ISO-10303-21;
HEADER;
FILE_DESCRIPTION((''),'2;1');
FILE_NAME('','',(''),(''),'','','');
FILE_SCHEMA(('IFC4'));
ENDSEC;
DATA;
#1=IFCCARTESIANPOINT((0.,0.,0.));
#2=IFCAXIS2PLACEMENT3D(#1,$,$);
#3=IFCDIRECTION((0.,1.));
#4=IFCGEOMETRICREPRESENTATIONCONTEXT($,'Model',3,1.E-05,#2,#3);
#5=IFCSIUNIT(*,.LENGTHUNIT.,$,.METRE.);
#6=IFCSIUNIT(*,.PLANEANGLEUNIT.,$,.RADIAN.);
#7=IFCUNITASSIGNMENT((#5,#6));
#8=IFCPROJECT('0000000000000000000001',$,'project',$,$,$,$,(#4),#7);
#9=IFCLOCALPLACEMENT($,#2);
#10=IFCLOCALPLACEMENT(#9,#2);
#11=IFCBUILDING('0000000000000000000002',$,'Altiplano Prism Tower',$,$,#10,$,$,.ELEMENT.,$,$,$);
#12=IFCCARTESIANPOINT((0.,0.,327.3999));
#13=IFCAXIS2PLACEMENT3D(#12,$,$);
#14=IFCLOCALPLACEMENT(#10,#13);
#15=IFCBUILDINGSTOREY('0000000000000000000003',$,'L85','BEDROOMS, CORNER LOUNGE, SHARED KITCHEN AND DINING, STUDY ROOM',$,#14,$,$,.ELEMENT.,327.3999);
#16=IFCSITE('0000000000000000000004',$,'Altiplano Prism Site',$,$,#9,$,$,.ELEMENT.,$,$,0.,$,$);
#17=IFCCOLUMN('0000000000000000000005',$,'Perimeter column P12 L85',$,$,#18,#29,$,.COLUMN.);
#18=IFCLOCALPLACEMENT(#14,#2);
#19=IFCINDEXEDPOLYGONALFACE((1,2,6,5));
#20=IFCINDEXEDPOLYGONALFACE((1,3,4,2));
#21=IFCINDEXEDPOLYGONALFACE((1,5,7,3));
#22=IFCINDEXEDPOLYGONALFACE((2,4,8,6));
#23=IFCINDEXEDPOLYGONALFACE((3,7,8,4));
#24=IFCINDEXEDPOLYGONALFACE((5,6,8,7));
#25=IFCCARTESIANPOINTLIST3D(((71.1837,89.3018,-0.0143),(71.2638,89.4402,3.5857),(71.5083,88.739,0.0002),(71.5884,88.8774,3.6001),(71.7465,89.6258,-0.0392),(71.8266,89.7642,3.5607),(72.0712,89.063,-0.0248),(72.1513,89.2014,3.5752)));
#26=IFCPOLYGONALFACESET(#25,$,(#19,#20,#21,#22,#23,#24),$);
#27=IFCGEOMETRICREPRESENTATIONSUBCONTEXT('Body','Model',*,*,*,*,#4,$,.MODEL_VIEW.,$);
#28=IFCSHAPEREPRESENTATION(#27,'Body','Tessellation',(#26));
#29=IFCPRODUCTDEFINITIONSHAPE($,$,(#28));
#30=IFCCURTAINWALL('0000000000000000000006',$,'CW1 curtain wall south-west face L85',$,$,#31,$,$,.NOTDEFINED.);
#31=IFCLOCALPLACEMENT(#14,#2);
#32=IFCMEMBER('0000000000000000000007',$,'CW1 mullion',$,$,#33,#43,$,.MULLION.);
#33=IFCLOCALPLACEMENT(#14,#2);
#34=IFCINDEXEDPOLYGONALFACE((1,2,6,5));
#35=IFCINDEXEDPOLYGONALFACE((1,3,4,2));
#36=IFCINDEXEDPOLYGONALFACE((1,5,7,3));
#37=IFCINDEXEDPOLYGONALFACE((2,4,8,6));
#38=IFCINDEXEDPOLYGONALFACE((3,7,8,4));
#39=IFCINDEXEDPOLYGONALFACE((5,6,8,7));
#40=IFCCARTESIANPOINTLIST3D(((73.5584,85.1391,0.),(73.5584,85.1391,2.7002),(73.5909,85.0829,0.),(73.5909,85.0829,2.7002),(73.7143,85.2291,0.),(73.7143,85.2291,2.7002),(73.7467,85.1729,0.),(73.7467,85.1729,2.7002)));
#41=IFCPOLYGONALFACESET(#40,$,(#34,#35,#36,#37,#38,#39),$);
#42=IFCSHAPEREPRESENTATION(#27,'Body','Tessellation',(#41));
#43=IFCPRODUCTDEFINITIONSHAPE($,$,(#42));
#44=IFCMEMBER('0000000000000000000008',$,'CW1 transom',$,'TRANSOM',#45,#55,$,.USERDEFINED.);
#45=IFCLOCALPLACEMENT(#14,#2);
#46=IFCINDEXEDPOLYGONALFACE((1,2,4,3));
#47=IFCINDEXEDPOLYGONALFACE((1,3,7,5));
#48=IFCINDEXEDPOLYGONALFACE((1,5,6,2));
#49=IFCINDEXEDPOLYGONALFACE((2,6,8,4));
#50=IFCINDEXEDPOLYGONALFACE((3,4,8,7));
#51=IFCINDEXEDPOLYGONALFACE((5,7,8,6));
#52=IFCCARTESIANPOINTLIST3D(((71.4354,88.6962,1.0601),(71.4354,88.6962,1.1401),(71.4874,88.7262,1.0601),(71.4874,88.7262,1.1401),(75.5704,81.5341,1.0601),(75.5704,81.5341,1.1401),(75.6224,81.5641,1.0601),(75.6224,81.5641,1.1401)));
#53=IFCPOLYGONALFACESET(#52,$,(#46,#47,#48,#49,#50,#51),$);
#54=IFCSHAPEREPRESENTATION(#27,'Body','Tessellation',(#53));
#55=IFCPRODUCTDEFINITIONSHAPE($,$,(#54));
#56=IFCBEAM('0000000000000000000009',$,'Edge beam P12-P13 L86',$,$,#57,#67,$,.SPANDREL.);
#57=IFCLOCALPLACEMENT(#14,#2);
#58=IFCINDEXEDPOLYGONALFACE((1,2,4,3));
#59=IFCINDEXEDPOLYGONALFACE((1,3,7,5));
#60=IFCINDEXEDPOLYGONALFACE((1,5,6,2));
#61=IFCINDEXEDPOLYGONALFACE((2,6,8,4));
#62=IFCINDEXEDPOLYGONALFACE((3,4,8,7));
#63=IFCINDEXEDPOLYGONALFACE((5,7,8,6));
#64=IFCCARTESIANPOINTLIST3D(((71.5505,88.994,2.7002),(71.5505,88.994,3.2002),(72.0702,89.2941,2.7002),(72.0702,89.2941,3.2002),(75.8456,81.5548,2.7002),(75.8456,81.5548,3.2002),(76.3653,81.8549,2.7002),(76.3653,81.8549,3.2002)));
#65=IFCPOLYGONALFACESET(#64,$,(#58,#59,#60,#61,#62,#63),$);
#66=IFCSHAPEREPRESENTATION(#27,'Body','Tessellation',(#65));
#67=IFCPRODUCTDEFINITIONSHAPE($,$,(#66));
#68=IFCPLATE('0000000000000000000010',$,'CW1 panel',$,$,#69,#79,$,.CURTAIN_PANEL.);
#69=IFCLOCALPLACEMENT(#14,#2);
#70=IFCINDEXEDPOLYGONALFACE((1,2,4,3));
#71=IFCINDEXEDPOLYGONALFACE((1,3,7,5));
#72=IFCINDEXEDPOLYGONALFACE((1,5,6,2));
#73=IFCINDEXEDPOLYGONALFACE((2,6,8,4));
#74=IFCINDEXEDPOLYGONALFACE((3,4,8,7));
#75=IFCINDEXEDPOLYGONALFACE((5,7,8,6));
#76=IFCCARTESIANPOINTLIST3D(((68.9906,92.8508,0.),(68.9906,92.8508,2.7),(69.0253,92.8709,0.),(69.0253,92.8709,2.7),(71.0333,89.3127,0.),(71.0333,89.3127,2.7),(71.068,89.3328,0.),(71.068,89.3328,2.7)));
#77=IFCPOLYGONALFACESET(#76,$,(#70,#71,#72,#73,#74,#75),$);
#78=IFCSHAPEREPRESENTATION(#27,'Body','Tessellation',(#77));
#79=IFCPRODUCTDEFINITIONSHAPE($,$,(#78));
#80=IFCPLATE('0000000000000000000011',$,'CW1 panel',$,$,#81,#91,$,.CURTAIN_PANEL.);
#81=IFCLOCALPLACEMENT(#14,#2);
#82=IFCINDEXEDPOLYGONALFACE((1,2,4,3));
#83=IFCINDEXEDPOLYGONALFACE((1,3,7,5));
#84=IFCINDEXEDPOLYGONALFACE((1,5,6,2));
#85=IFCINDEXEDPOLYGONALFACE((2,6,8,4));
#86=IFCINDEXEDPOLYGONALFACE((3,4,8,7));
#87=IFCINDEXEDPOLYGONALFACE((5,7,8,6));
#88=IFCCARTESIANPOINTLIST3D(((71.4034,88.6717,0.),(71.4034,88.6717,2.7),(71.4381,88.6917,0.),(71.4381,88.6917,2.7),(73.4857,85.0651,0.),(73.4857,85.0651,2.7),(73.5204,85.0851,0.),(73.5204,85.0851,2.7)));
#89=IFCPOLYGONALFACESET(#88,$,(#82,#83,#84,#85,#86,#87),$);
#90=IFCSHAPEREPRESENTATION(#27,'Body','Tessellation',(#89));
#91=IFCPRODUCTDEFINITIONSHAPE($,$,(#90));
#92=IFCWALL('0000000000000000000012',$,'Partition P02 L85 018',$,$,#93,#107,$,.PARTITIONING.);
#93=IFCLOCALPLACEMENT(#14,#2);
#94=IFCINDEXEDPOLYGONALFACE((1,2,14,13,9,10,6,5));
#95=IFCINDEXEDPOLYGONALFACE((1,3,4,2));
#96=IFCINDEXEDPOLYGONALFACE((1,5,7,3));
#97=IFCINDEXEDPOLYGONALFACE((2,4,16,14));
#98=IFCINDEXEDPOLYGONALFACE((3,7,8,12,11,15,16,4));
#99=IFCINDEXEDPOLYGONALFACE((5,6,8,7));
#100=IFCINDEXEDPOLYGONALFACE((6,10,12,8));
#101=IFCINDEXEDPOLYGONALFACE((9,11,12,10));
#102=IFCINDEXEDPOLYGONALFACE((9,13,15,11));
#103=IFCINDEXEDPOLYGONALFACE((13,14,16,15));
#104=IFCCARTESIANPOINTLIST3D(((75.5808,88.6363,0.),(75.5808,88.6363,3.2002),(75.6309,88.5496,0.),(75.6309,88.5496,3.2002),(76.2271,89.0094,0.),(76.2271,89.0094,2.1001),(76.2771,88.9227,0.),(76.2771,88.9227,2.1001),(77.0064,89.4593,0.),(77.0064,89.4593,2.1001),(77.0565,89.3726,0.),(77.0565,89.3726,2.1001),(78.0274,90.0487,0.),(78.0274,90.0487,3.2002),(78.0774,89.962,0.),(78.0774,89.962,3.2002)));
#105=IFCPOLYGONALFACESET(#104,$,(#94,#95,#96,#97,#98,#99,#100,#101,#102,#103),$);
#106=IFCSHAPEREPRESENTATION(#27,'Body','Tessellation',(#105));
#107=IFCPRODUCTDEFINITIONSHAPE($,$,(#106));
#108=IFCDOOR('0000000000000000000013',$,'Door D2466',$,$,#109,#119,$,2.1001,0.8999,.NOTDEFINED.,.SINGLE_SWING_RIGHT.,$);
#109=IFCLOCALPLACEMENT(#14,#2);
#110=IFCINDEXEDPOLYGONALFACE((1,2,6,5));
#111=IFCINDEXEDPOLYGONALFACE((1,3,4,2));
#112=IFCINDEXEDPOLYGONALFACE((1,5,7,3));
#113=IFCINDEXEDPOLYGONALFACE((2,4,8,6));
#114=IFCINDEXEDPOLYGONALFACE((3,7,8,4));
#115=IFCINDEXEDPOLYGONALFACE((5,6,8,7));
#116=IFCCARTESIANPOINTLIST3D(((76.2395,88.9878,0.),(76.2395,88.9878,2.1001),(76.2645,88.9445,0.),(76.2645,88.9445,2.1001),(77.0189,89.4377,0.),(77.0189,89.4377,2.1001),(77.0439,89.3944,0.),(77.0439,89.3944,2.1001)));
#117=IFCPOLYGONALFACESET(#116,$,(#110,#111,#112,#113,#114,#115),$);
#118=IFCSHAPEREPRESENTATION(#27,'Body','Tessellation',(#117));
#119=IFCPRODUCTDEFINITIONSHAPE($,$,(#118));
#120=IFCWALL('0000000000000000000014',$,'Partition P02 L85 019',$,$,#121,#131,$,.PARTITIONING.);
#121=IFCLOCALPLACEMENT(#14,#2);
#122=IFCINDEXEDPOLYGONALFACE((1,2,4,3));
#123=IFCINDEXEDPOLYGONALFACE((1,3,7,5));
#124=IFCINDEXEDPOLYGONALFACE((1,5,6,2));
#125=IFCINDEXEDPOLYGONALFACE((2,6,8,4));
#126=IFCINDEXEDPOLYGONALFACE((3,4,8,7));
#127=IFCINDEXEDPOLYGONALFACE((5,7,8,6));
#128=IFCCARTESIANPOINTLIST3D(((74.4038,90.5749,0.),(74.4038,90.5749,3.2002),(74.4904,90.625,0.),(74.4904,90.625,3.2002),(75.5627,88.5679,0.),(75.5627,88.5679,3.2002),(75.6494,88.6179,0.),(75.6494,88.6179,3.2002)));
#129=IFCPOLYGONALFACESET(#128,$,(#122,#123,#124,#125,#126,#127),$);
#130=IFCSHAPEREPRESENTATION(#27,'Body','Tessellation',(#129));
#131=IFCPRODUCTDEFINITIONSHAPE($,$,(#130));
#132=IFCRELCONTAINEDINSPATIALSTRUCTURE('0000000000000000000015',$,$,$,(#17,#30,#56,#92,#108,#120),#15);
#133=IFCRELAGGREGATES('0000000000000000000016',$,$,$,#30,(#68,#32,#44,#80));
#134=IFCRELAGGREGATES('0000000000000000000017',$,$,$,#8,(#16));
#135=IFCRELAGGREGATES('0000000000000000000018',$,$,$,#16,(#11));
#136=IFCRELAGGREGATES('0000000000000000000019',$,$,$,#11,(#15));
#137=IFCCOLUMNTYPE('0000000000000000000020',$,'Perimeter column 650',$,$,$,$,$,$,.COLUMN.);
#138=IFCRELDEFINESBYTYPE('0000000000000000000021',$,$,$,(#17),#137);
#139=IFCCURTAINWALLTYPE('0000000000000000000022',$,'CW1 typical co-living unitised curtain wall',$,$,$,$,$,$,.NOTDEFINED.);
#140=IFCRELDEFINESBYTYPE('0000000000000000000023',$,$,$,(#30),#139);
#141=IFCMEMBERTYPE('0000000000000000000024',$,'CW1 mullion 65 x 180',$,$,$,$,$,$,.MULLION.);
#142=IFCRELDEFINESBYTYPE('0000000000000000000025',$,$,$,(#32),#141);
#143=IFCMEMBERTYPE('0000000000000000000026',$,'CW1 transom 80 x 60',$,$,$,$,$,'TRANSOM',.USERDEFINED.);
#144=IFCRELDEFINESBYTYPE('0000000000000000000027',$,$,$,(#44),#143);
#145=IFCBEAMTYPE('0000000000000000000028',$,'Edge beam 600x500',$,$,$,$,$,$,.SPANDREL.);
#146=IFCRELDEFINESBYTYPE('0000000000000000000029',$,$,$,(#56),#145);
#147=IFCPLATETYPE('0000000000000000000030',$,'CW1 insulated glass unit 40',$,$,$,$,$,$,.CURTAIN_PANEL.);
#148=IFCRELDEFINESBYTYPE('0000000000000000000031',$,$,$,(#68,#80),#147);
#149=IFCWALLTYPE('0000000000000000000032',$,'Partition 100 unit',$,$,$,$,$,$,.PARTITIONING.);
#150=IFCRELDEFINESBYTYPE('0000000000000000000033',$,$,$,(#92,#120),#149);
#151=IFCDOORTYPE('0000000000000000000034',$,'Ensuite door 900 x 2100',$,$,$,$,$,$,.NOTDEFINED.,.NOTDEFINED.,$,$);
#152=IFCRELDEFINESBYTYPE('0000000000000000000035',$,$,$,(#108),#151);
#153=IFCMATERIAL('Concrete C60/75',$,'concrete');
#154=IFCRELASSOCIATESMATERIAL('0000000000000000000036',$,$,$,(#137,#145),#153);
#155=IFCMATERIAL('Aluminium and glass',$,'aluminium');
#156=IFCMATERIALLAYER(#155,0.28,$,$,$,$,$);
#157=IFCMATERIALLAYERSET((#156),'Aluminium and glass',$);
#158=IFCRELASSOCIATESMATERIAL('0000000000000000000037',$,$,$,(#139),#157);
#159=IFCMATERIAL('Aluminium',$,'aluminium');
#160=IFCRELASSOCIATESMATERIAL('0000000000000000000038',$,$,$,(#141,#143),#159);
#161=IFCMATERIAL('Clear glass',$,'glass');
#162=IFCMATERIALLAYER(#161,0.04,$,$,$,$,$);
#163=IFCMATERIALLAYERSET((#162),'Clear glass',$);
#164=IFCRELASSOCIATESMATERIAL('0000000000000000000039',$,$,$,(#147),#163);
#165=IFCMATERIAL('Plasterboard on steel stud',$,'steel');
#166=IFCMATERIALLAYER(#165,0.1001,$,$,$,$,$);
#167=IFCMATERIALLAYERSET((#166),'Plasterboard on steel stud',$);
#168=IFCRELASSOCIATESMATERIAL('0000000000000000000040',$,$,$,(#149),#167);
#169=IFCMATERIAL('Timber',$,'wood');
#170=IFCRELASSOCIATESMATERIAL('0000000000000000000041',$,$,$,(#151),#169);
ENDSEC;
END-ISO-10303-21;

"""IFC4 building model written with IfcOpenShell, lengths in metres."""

from ifc_helpers import new_model, si_unit, direction, frame, frame_2d, origin, origin_2d, place, context, subcontext, project, spatial, rectangle, extrude, material, layer, layer_set, material_profile, profile_set, type_object, element, fill, aggregate, save


model = new_model("IFC4")

# Units and contexts
model_context = context("Model", 3, precision=1e-05, world=origin(), true_north=direction((0.0, 1.0)))
body_context = subcontext(model_context, "Body", "Model", "MODEL_VIEW")
ifc_project = project(units=[si_unit("LENGTHUNIT", "METRE"), si_unit("PLANEANGLEUNIT", "RADIAN")], contexts=[model_context])

# Site, building, storey
site_placement = place(None, origin())
site = spatial("IfcSite", under=ifc_project, at=site_placement, Name="Altiplano Prism Site", CompositionType="ELEMENT", RefElevation=0.0)
building_placement = place(site_placement, origin())
building = spatial("IfcBuilding", under=site, at=building_placement, Name="Altiplano Prism Tower", CompositionType="ELEMENT")
storey_placement = place(building_placement, frame((0.0, 0.0, 327.3999)))
storey = spatial("IfcBuildingStorey", under=building, at=storey_placement, Name="L85", Description="BEDROOMS, CORNER LOUNGE, SHARED KITCHEN AND DINING, STUDY ROOM", CompositionType="ELEMENT", Elevation=327.3999)

# Column
ifc_material_1 = material(Name="Concrete C60/75", Category="concrete")
ifc_material_profile_1 = material_profile(ifc_material_1, rectangle(XDim=0.6499, YDim=0.6499, at=origin_2d()), Name="Perimeter column 650")
ifc_profile_set_1 = profile_set([ifc_material_profile_1], Name="Concrete C60/75")
column_type = type_object("IfcColumnType", Name="Perimeter column 650", PredefinedType="COLUMN", material=ifc_profile_set_1)
column_placement = place(storey_placement, frame((71.6274, 89.1824, -0.0195), z_axis=(0.022223, 0.038416, 0.999015), x_axis=(-0.866024, -0.498523, 0.038435)))
element("IfcColumn", 1, at=column_placement, inside=storey, type_object=column_type, Name="Perimeter column P12 L85", PredefinedType="COLUMN", context=body_context, shape_type="SweptSolid", body=[
    extrude(rectangle(XDim=0.6499, YDim=0.6499, at=origin_2d()), origin(), (0.0, 0.0, 1.0), 3.6035),
])

# Curtain wall, members
ifc_material_2 = material(Name="Aluminium and glass", Category="aluminium")
ifc_layer_1 = layer(ifc_material_2, 0.28)
ifc_layer_set_1 = layer_set([ifc_layer_1], Name="Aluminium and glass")
curtain_wall_type = type_object("IfcCurtainWallType", Name="CW1 typical co-living unitised curtain wall", PredefinedType="NOTDEFINED", material=ifc_layer_set_1)
curtain_wall_placement = place(storey_placement, origin())
curtain_wall = element("IfcCurtainWall", 2, at=curtain_wall_placement, inside=storey, type_object=curtain_wall_type, Name="CW1 curtain wall south-west face L85", PredefinedType="NOTDEFINED")
ifc_material_3 = material(Name="Aluminium", Category="aluminium")
ifc_material_profile_2 = material_profile(ifc_material_3, rectangle(XDim=0.1799, YDim=0.0649, at=origin_2d()), Name="CW1 mullion 65 x 180")
ifc_profile_set_2 = profile_set([ifc_material_profile_2], Name="Aluminium")
member_type_1 = type_object("IfcMemberType", Name="CW1 mullion 65 x 180", PredefinedType="MULLION", material=ifc_profile_set_2)
member_1_placement = place(storey_placement, frame((73.6526, 85.156, 0.0), z_axis=(0.0, 0.0, 1.0), x_axis=(0.866025, 0.5, 0.0)))
member_1 = element("IfcMember", 3, at=member_1_placement, type_object=member_type_1, Name="CW1 mullion", PredefinedType="MULLION", context=body_context, shape_type="SweptSolid", body=[
    extrude(rectangle(XDim=0.1799, YDim=0.0649, at=origin_2d()), origin(), (0.0, 0.0, 1.0), 2.7002),
])
ifc_material_profile_3 = material_profile(ifc_material_3, rectangle(XDim=0.0601, YDim=0.0801, at=origin_2d()), Name="CW1 transom 80 x 60")
ifc_profile_set_3 = profile_set([ifc_material_profile_3], Name="Aluminium")
member_type_2 = type_object("IfcMemberType", Name="CW1 transom 80 x 60", ElementType="TRANSOM", PredefinedType="USERDEFINED", material=ifc_profile_set_3)
member_2_placement = place(storey_placement, frame((71.4614, 88.7112, 1.1001), z_axis=(0.499997, -0.866027, 0.0), x_axis=(0.866027, 0.499997, 0.0)))
member_2 = element("IfcMember", 4, at=member_2_placement, type_object=member_type_2, Name="CW1 transom", ObjectType="TRANSOM", PredefinedType="USERDEFINED", context=body_context, shape_type="SweptSolid", body=[
    extrude(rectangle(XDim=0.0601, YDim=0.0801, at=origin_2d()), origin(), (0.0, 0.0, 1.0), 8.27),
])

# Beam
ifc_material_profile_4 = material_profile(ifc_material_1, rectangle(XDim=0.6001, YDim=0.5, at=origin_2d()), Name="Edge beam 600x500")
ifc_profile_set_4 = profile_set([ifc_material_profile_4], Name="Concrete C60/75")
beam_type = type_object("IfcBeamType", Name="Edge beam 600x500", PredefinedType="SPANDREL", material=ifc_profile_set_4)
beam_placement = place(storey_placement, frame((71.8103, 89.144, 2.9502), z_axis=(0.500012, -0.866019, 0.0), x_axis=(0.866019, 0.500012, 0.0)))
element("IfcBeam", 5, at=beam_placement, inside=storey, type_object=beam_type, Name="Edge beam P12-P13 L86", PredefinedType="SPANDREL", context=body_context, shape_type="SweptSolid", body=[
    extrude(rectangle(XDim=0.6001, YDim=0.5, at=origin_2d()), origin(), (0.0, 0.0, 1.0), 8.5901),
])

# Plates
ifc_material_4 = material(Name="Clear glass", Category="glass")
ifc_layer_2 = layer(ifc_material_4, 0.04)
ifc_layer_set_2 = layer_set([ifc_layer_2], Name="Clear glass")
plate_type = type_object("IfcPlateType", Name="CW1 insulated glass unit 40", PredefinedType="CURTAIN_PANEL", material=ifc_layer_set_2)
plate_1_placement = place(storey_placement, frame((70.0293, 91.0918, 0.0), z_axis=(0.0, 0.0, 1.0), x_axis=(0.5, -0.866025, 0.0)))
plate_1 = element("IfcPlate", 6, at=plate_1_placement, type_object=plate_type, Name="CW1 panel", PredefinedType="CURTAIN_PANEL", context=body_context, shape_type="SweptSolid", body=[
    extrude(rectangle(XDim=4.0854, YDim=0.04, at=origin_2d()), origin(), (0.0, 0.0, 1.0), 2.7),
])
plate_2_placement = place(storey_placement, frame((72.4619, 86.8784, 0.0), z_axis=(0.0, 0.0, 1.0), x_axis=(0.5, -0.866025, 0.0)))
plate_2 = element("IfcPlate", 7, at=plate_2_placement, type_object=plate_type, Name="CW1 panel", PredefinedType="CURTAIN_PANEL", context=body_context, shape_type="SweptSolid", body=[
    extrude(rectangle(XDim=4.1646, YDim=0.04, at=origin_2d()), origin(), (0.0, 0.0, 1.0), 2.7),
])
aggregate(curtain_wall, [plate_1, member_1, member_2, plate_2])

# Wall, opening, door
ifc_material_5 = material(Name="Plasterboard on steel stud", Category="steel")
ifc_layer_3 = layer(ifc_material_5, 0.1001)
ifc_layer_set_3 = layer_set([ifc_layer_3], Name="Plasterboard on steel stud")
wall_type_1 = type_object("IfcWallType", Name="Partition 100 unit", PredefinedType="PARTITIONING", material=ifc_layer_set_3)
wall_1_placement = place(storey_placement, frame((78.0525, 90.0054, 0.0), z_axis=(0.0, 0.0, 1.0), x_axis=(-0.866049, -0.499959, 0.0)))
wall_1 = element("IfcWall", 8, at=wall_1_placement, inside=storey, type_object=wall_type_1, Name="Partition P02 L85 018", PredefinedType="PARTITIONING", context=body_context, shape_type="SweptSolid", body=[
    extrude(rectangle(XDim=2.825, YDim=0.1001, at=frame_2d((1.4126, 0.0))), origin(), (0.0, 0.0, 1.0), 3.2002),
])
opening_1_placement = place(wall_1_placement, frame((1.179, 0.0, 0.0)))
opening_1 = element("IfcOpeningElement", 9, at=opening_1_placement, cuts=wall_1, PredefinedType="OPENING", context=body_context, shape_type="SweptSolid", body=[
    extrude(rectangle(XDim=0.8999, YDim=2.1001, at=frame_2d((0.45, 1.05))), frame((0.0, 0.0605, 0.0), z_axis=(0.0, -1.0, 0.0), x_axis=(1.0, 0.0, 0.0)), (0.0, 0.0, 1.0), 0.1211),
])
ifc_material_6 = material(Name="Timber", Category="wood")
door_type_1 = type_object("IfcDoorType", Name="Ensuite door 900 x 2100", OperationType="NOTDEFINED", PredefinedType="NOTDEFINED", material=ifc_material_6)
door_1_placement = place(opening_1_placement, origin())
door_1 = element("IfcDoor", 10, at=door_1_placement, inside=storey, type_object=door_type_1, Name="Door D2466", OperationType="SINGLE_SWING_RIGHT", OverallHeight=2.1001, OverallWidth=0.8999, PredefinedType="NOTDEFINED", context=body_context, shape_type="SweptSolid", body=[
    extrude(rectangle(XDim=0.8999, YDim=2.1001, at=frame_2d((0.45, 1.05))), frame((0.0, 0.0249, 0.0), z_axis=(0.0, -1.0, 0.0), x_axis=(1.0, 0.0, 0.0)), (0.0, 0.0, 1.0), 0.05),
])
fill(opening_1, door_1)

# Wall
wall_2_placement = place(storey_placement, frame((75.606, 88.593, 0.0), z_axis=(0.0, 0.0, 1.0), x_axis=(-0.500048, 0.865998, 0.0)))
element("IfcWall", 11, at=wall_2_placement, inside=storey, type_object=wall_type_1, Name="Partition P02 L85 019", PredefinedType="PARTITIONING", context=body_context, shape_type="SweptSolid", body=[
    extrude(rectangle(XDim=2.3176, YDim=0.1001, at=frame_2d((1.1587, 0.0))), origin(), (0.0, 0.0, 1.0), 3.2002),
])

save(model, "model.ifc")
